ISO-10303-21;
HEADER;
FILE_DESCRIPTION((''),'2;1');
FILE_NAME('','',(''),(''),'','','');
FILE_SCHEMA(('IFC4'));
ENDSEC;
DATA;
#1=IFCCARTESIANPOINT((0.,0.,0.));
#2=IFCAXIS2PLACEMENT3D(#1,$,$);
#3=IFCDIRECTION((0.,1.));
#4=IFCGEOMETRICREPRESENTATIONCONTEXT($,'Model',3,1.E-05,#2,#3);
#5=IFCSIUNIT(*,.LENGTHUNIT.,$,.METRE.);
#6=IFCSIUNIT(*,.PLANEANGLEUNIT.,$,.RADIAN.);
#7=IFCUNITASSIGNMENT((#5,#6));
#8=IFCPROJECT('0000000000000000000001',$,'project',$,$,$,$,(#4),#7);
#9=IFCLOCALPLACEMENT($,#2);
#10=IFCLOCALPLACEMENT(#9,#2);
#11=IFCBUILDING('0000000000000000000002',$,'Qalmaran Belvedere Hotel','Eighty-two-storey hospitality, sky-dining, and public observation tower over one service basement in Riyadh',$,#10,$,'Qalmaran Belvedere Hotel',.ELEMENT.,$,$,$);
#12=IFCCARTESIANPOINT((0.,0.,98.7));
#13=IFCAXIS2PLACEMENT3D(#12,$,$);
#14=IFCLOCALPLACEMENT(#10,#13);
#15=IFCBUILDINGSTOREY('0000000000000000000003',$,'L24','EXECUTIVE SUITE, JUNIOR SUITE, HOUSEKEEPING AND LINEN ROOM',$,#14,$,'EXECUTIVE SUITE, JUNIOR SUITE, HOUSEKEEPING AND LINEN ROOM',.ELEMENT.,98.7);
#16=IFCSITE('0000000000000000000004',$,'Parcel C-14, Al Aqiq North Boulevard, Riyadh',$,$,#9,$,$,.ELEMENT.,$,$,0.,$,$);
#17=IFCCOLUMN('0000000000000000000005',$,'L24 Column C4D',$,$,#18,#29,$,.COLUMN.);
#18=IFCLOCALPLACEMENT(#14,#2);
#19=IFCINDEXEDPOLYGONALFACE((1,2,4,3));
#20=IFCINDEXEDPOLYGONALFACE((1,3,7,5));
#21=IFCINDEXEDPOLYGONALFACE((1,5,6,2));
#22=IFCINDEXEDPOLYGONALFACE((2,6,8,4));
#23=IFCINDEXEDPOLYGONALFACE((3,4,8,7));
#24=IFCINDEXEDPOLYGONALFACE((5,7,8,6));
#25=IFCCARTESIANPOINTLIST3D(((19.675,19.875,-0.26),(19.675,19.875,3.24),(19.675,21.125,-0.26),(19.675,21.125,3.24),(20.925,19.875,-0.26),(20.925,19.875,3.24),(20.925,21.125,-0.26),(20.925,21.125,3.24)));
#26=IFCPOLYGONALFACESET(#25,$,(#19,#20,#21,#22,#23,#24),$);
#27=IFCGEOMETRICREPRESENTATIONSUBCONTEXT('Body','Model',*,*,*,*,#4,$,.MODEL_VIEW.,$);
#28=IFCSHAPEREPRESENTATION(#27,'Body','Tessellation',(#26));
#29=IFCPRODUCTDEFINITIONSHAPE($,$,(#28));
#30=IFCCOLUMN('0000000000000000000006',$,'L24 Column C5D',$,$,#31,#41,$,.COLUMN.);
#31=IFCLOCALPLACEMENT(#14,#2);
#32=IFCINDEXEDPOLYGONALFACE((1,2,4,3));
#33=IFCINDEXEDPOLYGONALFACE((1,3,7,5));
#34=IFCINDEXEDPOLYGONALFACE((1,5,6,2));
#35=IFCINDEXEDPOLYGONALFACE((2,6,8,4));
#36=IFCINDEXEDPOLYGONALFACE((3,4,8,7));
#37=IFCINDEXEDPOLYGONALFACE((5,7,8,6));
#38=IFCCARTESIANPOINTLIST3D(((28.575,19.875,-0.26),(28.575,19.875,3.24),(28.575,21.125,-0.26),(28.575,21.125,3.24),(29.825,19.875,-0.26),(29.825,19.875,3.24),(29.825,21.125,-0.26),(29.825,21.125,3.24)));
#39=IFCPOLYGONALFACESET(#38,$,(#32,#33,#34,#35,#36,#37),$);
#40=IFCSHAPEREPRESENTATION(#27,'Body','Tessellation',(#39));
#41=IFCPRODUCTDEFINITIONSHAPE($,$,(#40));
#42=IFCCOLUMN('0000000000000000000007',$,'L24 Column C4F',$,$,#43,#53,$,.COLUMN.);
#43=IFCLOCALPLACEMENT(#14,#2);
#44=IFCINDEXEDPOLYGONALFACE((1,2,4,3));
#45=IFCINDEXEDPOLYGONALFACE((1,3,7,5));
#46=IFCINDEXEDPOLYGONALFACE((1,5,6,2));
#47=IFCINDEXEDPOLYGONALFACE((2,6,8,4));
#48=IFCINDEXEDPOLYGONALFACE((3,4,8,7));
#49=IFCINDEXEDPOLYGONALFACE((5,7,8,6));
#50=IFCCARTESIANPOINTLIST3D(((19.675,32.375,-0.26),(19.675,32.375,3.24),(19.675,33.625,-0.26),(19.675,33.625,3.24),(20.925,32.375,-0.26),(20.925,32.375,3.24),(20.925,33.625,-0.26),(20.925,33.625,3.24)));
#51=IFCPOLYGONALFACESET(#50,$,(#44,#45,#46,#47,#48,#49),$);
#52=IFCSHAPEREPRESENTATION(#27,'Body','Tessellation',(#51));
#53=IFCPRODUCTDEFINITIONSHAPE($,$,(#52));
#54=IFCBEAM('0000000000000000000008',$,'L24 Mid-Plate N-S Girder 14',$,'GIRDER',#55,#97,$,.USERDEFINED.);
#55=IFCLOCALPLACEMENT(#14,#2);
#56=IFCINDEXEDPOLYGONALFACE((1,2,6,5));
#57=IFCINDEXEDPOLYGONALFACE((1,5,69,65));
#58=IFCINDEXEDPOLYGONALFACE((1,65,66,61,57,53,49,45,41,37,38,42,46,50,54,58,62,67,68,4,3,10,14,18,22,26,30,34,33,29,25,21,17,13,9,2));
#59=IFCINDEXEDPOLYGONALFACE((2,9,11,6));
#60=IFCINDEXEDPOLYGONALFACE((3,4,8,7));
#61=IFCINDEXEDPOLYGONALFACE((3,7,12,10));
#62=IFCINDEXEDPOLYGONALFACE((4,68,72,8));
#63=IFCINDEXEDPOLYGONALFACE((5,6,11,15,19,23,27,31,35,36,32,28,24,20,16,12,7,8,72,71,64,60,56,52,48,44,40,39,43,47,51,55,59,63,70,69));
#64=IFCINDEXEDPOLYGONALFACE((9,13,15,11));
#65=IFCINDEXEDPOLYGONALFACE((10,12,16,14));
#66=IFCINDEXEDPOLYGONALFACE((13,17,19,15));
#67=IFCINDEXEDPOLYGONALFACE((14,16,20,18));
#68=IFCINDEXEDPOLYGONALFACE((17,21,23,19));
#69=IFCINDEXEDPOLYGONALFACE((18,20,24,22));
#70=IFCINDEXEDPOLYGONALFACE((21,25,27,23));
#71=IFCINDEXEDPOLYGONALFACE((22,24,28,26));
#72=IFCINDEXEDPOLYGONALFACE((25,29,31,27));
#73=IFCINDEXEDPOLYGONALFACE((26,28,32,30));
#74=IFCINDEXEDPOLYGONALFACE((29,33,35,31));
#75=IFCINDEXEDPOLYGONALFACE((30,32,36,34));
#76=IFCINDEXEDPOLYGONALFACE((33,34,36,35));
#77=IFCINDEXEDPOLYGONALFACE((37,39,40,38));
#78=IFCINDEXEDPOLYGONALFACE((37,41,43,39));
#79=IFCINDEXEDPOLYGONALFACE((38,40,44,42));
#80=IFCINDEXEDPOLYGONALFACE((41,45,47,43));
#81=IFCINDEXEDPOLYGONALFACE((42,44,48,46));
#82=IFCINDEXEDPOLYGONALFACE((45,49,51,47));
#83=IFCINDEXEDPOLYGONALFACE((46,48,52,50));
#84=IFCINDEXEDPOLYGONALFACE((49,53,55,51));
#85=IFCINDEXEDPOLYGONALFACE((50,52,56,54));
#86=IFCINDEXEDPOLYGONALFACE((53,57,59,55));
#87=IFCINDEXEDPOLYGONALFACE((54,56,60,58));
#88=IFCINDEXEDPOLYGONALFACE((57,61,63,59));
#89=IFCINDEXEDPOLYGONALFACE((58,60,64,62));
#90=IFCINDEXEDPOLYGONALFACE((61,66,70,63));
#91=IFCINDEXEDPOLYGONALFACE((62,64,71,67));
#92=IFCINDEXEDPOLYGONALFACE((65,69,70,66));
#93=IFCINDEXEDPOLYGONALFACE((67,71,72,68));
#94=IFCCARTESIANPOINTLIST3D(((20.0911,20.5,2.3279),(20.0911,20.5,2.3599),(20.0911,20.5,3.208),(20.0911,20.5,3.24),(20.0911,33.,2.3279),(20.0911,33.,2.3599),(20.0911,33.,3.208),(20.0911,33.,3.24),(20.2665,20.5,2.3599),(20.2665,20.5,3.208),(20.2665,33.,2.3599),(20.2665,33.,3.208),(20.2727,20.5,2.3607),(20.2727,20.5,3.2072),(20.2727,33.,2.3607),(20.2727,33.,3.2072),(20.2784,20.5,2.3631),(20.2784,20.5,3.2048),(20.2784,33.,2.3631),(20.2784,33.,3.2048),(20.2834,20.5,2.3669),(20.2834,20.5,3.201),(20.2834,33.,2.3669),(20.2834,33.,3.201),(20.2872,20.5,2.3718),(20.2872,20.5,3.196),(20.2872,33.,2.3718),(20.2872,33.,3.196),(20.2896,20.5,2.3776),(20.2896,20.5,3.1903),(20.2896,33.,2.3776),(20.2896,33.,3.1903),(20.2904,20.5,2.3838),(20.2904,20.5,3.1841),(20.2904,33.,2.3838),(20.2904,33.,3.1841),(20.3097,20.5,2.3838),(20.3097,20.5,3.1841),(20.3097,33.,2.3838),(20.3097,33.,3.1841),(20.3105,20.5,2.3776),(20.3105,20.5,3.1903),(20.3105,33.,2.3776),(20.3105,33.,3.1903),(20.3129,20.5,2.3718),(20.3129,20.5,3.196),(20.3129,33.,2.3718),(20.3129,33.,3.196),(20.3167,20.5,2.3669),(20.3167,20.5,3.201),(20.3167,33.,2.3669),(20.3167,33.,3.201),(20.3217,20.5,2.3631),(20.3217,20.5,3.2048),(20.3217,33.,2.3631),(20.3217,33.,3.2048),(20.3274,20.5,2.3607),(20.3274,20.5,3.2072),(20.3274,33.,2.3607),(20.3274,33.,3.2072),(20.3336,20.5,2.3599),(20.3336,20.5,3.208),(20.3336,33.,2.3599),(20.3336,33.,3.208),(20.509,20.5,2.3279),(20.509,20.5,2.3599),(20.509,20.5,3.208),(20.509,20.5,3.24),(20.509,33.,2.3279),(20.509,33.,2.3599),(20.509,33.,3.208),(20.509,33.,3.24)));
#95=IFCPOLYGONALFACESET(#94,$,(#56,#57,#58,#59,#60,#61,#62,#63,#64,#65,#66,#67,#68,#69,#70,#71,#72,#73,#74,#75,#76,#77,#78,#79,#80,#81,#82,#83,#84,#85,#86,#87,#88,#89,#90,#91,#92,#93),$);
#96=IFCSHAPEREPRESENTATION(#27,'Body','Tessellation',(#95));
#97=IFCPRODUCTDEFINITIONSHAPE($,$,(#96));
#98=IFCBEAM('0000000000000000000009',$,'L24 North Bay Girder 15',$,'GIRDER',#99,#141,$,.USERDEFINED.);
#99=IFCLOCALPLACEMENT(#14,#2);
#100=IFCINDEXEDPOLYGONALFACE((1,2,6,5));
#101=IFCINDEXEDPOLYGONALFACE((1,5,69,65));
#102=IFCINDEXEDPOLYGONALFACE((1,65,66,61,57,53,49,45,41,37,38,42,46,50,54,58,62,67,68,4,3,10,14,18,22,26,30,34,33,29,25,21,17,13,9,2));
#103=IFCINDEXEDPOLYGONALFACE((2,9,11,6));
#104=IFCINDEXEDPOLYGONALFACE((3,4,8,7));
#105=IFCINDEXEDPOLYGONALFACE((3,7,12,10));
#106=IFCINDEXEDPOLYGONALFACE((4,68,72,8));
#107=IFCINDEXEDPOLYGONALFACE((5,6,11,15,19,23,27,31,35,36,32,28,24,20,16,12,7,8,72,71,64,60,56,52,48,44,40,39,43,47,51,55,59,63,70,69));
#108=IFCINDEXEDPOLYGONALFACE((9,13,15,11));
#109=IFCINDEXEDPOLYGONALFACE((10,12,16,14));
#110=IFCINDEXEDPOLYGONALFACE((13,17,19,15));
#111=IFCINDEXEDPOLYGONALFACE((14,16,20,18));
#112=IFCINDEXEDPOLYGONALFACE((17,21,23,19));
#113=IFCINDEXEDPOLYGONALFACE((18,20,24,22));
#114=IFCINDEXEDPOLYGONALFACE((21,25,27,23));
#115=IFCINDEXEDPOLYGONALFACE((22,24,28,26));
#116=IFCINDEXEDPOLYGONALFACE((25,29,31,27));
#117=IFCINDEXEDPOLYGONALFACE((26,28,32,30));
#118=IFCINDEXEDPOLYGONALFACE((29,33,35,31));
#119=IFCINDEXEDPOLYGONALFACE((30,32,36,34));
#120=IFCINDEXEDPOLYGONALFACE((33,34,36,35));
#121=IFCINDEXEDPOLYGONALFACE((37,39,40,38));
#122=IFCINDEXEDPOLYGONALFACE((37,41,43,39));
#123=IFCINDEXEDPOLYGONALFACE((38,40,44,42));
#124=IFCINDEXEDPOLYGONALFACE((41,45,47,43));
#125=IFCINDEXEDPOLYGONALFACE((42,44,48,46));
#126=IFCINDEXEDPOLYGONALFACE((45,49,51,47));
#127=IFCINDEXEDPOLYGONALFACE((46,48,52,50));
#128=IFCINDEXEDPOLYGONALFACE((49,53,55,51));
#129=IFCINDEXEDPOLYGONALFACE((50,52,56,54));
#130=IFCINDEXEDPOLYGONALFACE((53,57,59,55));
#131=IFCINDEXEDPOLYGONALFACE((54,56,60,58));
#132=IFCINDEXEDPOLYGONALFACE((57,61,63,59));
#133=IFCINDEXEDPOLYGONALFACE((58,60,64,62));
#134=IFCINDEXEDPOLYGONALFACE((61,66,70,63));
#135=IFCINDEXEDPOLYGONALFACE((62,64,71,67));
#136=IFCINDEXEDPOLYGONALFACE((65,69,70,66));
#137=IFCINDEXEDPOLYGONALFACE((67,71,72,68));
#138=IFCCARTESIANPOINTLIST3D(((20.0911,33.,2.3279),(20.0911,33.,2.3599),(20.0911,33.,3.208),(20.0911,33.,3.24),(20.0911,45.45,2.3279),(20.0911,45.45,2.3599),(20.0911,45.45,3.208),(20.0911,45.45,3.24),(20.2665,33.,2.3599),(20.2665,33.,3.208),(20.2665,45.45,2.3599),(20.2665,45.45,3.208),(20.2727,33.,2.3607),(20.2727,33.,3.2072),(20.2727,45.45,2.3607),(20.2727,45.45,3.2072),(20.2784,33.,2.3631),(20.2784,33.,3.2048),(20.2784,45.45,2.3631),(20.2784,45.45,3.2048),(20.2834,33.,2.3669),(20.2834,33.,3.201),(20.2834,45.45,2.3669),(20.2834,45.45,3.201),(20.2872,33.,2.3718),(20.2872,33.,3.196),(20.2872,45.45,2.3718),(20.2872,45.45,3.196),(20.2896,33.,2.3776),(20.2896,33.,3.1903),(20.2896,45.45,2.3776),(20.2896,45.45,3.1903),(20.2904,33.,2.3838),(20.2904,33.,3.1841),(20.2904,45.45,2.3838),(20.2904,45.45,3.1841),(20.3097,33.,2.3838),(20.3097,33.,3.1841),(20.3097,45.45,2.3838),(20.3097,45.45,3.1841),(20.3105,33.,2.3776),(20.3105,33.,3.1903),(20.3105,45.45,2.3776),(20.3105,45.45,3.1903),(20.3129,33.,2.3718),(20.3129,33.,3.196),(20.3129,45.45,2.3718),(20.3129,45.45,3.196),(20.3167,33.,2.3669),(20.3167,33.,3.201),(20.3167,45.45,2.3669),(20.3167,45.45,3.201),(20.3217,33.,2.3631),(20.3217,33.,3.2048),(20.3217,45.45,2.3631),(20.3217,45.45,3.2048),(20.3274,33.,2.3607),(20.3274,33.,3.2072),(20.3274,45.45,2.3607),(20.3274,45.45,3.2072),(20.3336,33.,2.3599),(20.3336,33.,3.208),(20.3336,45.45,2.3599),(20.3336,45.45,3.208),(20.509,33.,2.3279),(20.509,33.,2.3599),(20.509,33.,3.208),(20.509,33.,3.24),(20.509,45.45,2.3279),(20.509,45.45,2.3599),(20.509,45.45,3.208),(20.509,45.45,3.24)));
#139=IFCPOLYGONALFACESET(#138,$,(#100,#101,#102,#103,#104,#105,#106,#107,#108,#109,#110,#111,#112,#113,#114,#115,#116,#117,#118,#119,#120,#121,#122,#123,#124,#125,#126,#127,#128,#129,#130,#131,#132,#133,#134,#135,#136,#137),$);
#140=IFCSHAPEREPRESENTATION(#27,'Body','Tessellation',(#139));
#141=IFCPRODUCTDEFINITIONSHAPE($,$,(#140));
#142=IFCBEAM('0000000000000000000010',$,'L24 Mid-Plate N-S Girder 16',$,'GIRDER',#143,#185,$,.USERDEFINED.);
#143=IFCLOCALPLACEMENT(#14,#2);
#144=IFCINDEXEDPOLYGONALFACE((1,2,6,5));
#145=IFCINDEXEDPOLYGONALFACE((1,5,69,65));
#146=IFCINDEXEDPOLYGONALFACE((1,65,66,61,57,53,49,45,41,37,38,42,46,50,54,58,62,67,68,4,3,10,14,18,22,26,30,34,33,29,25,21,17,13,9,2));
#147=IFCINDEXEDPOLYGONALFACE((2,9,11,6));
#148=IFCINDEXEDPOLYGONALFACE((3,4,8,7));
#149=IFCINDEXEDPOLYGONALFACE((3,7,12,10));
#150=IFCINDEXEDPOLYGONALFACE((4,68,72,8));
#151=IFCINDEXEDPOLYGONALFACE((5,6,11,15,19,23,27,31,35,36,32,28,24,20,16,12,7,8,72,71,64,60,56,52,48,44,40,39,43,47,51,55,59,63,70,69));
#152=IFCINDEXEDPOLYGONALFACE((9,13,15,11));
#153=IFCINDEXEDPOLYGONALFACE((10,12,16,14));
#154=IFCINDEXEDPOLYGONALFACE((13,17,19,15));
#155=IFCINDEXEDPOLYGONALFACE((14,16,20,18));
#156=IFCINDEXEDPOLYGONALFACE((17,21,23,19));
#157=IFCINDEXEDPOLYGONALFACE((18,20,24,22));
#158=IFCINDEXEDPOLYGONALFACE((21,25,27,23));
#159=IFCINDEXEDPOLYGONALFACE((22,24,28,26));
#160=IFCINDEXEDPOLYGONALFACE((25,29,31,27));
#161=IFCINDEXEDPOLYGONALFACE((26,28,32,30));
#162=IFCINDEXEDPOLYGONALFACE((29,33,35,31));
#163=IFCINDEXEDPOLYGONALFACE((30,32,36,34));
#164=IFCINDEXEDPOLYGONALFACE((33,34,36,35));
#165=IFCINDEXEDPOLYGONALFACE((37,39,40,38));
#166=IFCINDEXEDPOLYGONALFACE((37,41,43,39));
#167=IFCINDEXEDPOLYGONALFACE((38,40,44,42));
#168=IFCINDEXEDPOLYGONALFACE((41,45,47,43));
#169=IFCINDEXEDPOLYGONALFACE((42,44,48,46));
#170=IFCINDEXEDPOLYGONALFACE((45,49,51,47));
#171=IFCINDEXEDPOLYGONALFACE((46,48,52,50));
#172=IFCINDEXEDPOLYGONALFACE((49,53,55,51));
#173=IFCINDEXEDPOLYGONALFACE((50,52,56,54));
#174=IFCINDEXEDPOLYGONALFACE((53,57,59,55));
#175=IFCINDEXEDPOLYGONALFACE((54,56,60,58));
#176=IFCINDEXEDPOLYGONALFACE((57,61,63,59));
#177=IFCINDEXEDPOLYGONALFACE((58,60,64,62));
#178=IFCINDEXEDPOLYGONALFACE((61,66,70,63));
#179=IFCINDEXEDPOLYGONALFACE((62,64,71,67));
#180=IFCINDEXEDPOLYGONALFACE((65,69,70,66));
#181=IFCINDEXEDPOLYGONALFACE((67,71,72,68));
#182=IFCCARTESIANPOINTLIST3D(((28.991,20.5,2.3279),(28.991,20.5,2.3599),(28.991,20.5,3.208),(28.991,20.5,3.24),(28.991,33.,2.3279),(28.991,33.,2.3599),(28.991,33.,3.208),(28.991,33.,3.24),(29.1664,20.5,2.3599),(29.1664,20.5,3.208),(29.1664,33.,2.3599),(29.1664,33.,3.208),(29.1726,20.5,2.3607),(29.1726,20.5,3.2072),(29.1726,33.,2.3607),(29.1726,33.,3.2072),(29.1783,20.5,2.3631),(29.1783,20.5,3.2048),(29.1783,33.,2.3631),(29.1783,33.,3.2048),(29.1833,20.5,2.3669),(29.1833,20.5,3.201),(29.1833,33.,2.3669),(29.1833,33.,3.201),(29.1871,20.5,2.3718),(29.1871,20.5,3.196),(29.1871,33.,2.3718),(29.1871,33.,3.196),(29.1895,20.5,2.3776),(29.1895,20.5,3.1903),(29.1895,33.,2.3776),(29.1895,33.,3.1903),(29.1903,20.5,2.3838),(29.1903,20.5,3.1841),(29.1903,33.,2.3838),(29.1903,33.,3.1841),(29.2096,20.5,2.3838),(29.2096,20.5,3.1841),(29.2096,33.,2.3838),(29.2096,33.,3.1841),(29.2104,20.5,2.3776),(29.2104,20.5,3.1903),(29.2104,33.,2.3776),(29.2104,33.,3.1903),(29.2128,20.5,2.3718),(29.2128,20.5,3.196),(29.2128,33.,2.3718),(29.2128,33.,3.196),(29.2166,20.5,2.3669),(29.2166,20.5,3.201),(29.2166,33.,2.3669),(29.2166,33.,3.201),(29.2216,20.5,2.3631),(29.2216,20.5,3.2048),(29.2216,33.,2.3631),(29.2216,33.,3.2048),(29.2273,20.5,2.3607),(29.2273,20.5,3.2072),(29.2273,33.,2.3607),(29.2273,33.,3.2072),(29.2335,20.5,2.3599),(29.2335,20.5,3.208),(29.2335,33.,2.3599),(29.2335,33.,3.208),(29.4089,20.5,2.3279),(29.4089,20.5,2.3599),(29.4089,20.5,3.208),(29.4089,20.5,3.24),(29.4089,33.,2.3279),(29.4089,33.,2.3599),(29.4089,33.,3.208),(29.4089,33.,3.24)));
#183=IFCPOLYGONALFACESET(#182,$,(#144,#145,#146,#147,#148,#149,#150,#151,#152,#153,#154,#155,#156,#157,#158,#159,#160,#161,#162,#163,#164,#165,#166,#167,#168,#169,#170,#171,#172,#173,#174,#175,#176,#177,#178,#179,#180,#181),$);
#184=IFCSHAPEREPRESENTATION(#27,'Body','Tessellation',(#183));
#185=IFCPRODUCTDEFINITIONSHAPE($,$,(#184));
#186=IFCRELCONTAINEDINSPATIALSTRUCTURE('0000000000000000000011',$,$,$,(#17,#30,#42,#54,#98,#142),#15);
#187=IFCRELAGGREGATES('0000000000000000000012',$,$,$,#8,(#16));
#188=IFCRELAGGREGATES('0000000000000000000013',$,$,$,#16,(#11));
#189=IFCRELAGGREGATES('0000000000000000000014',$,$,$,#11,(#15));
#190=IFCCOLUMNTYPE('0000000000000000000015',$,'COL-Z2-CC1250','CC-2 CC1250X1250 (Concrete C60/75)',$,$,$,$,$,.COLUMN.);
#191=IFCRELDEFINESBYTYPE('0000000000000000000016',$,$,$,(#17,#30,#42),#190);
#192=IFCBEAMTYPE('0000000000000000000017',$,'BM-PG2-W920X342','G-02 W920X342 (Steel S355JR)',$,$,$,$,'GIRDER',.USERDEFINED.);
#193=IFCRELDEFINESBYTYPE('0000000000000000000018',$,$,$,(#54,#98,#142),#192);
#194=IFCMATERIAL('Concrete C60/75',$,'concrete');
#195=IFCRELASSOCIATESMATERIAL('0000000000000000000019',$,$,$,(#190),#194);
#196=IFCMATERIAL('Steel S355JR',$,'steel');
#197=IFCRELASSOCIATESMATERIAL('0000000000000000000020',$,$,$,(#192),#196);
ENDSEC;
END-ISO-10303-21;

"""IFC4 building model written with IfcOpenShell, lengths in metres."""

from ifc_helpers import new_model, si_unit, direction, frame, origin, origin_2d, place, context, subcontext, project, spatial, rectangle, i_section, extrude, material, material_profile, profile_set, type_object, element, save


model = new_model("IFC4")

# Units and contexts
model_context = context("Model", 3, precision=1e-05, world=origin(), true_north=direction((0.0, 1.0)))
body_context = subcontext(model_context, "Body", "Model", "MODEL_VIEW")
ifc_project = project(units=[si_unit("LENGTHUNIT", "METRE"), si_unit("PLANEANGLEUNIT", "RADIAN")], contexts=[model_context])

# Site, building, storey
site_placement = place(None, origin())
site = spatial("IfcSite", under=ifc_project, at=site_placement, Name="Parcel C-14, Al Aqiq North Boulevard, Riyadh", CompositionType="ELEMENT", RefElevation=0.0)
building_placement = place(site_placement, origin())
building = spatial("IfcBuilding", under=site, at=building_placement, Name="Qalmaran Belvedere Hotel", Description="Eighty-two-storey hospitality, sky-dining, and public observation tower over one service basement in Riyadh", LongName="Qalmaran Belvedere Hotel", CompositionType="ELEMENT")
storey_placement = place(building_placement, frame((0.0, 0.0, 98.7)))
storey = spatial("IfcBuildingStorey", under=building, at=storey_placement, Name="L24", Description="EXECUTIVE SUITE, JUNIOR SUITE, HOUSEKEEPING AND LINEN ROOM", LongName="EXECUTIVE SUITE, JUNIOR SUITE, HOUSEKEEPING AND LINEN ROOM", CompositionType="ELEMENT", Elevation=98.7)

# Columns
ifc_material_1 = material(Name="Concrete C60/75", Category="concrete")
ifc_material_profile_1 = material_profile(ifc_material_1, rectangle(XDim=1.25, YDim=1.25, at=origin_2d()), Name="CC1250X1250")
ifc_profile_set_1 = profile_set([ifc_material_profile_1], Name="Concrete C60/75")
column_type = type_object("IfcColumnType", Name="COL-Z2-CC1250", Description="CC-2 CC1250X1250 (Concrete C60/75)", PredefinedType="COLUMN", material=ifc_profile_set_1)
for number, where, z_axis, x_axis, name in (
    (1, (20.3, 20.5, -0.26), (0.0, 0.0, 1.0), (1.0, 0.0, 0.0), "L24 Column C4D"),
    (2, (29.2, 20.5, -0.26), (0.0, 0.0, 1.0), (1.0, 0.0, 0.0), "L24 Column C5D"),
    (3, (20.3, 33.0, -0.26), (0.0, 0.0, 1.0), (1.0, 0.0, 0.0), "L24 Column C4F"),
):
    element("IfcColumn", number, at=place(storey_placement, frame(where, z_axis=z_axis, x_axis=x_axis)), inside=storey, type_object=column_type, Name=name, PredefinedType="COLUMN", context=body_context, shape_type="SweptSolid", body=[
        extrude(rectangle(XDim=1.25, YDim=1.25, at=origin_2d()), origin(), (0.0, 0.0, 1.0), 3.5),
    ])

# Beams
ifc_material_2 = material(Name="Steel S355JR", Category="steel")
ifc_material_profile_2 = material_profile(ifc_material_2, i_section(OverallWidth=0.418, OverallDepth=0.9121, WebThickness=0.0193, FlangeThickness=0.032, FilletRadius=0.0239, at=origin_2d()), Name="W920X342")
ifc_profile_set_2 = profile_set([ifc_material_profile_2], Name="Steel S355JR")
beam_type_1 = type_object("IfcBeamType", Name="BM-PG2-W920X342", Description="G-02 W920X342 (Steel S355JR)", ElementType="GIRDER", PredefinedType="USERDEFINED", material=ifc_profile_set_2)
beam_1_placement = place(storey_placement, frame((20.3, 20.5, 2.7839), z_axis=(0.0, 1.0, 0.0), x_axis=(-1.0, 0.0, 0.0)))
element("IfcBeam", 4, at=beam_1_placement, inside=storey, type_object=beam_type_1, Name="L24 Mid-Plate N-S Girder 14", ObjectType="GIRDER", PredefinedType="USERDEFINED", context=body_context, shape_type="SweptSolid", body=[
    extrude(i_section(OverallWidth=0.418, OverallDepth=0.9121, WebThickness=0.0193, FlangeThickness=0.032, FilletRadius=0.0239, at=origin_2d()), origin(), (0.0, 0.0, 1.0), 12.5),
])
beam_2_placement = place(storey_placement, frame((20.3, 33.0, 2.7839), z_axis=(0.0, 1.0, 0.0), x_axis=(-1.0, 0.0, 0.0)))
element("IfcBeam", 5, at=beam_2_placement, inside=storey, type_object=beam_type_1, Name="L24 North Bay Girder 15", ObjectType="GIRDER", PredefinedType="USERDEFINED", context=body_context, shape_type="SweptSolid", body=[
    extrude(i_section(OverallWidth=0.418, OverallDepth=0.9121, WebThickness=0.0193, FlangeThickness=0.032, FilletRadius=0.0239, at=origin_2d()), origin(), (0.0, 0.0, 1.0), 12.45),
])
beam_3_placement = place(storey_placement, frame((29.2, 20.5, 2.7839), z_axis=(0.0, 1.0, 0.0), x_axis=(-1.0, 0.0, 0.0)))
element("IfcBeam", 6, at=beam_3_placement, inside=storey, type_object=beam_type_1, Name="L24 Mid-Plate N-S Girder 16", ObjectType="GIRDER", PredefinedType="USERDEFINED", context=body_context, shape_type="SweptSolid", body=[
    extrude(i_section(OverallWidth=0.418, OverallDepth=0.9121, WebThickness=0.0193, FlangeThickness=0.032, FilletRadius=0.0239, at=origin_2d()), origin(), (0.0, 0.0, 1.0), 12.5),
])

save(model, "model.ifc")
